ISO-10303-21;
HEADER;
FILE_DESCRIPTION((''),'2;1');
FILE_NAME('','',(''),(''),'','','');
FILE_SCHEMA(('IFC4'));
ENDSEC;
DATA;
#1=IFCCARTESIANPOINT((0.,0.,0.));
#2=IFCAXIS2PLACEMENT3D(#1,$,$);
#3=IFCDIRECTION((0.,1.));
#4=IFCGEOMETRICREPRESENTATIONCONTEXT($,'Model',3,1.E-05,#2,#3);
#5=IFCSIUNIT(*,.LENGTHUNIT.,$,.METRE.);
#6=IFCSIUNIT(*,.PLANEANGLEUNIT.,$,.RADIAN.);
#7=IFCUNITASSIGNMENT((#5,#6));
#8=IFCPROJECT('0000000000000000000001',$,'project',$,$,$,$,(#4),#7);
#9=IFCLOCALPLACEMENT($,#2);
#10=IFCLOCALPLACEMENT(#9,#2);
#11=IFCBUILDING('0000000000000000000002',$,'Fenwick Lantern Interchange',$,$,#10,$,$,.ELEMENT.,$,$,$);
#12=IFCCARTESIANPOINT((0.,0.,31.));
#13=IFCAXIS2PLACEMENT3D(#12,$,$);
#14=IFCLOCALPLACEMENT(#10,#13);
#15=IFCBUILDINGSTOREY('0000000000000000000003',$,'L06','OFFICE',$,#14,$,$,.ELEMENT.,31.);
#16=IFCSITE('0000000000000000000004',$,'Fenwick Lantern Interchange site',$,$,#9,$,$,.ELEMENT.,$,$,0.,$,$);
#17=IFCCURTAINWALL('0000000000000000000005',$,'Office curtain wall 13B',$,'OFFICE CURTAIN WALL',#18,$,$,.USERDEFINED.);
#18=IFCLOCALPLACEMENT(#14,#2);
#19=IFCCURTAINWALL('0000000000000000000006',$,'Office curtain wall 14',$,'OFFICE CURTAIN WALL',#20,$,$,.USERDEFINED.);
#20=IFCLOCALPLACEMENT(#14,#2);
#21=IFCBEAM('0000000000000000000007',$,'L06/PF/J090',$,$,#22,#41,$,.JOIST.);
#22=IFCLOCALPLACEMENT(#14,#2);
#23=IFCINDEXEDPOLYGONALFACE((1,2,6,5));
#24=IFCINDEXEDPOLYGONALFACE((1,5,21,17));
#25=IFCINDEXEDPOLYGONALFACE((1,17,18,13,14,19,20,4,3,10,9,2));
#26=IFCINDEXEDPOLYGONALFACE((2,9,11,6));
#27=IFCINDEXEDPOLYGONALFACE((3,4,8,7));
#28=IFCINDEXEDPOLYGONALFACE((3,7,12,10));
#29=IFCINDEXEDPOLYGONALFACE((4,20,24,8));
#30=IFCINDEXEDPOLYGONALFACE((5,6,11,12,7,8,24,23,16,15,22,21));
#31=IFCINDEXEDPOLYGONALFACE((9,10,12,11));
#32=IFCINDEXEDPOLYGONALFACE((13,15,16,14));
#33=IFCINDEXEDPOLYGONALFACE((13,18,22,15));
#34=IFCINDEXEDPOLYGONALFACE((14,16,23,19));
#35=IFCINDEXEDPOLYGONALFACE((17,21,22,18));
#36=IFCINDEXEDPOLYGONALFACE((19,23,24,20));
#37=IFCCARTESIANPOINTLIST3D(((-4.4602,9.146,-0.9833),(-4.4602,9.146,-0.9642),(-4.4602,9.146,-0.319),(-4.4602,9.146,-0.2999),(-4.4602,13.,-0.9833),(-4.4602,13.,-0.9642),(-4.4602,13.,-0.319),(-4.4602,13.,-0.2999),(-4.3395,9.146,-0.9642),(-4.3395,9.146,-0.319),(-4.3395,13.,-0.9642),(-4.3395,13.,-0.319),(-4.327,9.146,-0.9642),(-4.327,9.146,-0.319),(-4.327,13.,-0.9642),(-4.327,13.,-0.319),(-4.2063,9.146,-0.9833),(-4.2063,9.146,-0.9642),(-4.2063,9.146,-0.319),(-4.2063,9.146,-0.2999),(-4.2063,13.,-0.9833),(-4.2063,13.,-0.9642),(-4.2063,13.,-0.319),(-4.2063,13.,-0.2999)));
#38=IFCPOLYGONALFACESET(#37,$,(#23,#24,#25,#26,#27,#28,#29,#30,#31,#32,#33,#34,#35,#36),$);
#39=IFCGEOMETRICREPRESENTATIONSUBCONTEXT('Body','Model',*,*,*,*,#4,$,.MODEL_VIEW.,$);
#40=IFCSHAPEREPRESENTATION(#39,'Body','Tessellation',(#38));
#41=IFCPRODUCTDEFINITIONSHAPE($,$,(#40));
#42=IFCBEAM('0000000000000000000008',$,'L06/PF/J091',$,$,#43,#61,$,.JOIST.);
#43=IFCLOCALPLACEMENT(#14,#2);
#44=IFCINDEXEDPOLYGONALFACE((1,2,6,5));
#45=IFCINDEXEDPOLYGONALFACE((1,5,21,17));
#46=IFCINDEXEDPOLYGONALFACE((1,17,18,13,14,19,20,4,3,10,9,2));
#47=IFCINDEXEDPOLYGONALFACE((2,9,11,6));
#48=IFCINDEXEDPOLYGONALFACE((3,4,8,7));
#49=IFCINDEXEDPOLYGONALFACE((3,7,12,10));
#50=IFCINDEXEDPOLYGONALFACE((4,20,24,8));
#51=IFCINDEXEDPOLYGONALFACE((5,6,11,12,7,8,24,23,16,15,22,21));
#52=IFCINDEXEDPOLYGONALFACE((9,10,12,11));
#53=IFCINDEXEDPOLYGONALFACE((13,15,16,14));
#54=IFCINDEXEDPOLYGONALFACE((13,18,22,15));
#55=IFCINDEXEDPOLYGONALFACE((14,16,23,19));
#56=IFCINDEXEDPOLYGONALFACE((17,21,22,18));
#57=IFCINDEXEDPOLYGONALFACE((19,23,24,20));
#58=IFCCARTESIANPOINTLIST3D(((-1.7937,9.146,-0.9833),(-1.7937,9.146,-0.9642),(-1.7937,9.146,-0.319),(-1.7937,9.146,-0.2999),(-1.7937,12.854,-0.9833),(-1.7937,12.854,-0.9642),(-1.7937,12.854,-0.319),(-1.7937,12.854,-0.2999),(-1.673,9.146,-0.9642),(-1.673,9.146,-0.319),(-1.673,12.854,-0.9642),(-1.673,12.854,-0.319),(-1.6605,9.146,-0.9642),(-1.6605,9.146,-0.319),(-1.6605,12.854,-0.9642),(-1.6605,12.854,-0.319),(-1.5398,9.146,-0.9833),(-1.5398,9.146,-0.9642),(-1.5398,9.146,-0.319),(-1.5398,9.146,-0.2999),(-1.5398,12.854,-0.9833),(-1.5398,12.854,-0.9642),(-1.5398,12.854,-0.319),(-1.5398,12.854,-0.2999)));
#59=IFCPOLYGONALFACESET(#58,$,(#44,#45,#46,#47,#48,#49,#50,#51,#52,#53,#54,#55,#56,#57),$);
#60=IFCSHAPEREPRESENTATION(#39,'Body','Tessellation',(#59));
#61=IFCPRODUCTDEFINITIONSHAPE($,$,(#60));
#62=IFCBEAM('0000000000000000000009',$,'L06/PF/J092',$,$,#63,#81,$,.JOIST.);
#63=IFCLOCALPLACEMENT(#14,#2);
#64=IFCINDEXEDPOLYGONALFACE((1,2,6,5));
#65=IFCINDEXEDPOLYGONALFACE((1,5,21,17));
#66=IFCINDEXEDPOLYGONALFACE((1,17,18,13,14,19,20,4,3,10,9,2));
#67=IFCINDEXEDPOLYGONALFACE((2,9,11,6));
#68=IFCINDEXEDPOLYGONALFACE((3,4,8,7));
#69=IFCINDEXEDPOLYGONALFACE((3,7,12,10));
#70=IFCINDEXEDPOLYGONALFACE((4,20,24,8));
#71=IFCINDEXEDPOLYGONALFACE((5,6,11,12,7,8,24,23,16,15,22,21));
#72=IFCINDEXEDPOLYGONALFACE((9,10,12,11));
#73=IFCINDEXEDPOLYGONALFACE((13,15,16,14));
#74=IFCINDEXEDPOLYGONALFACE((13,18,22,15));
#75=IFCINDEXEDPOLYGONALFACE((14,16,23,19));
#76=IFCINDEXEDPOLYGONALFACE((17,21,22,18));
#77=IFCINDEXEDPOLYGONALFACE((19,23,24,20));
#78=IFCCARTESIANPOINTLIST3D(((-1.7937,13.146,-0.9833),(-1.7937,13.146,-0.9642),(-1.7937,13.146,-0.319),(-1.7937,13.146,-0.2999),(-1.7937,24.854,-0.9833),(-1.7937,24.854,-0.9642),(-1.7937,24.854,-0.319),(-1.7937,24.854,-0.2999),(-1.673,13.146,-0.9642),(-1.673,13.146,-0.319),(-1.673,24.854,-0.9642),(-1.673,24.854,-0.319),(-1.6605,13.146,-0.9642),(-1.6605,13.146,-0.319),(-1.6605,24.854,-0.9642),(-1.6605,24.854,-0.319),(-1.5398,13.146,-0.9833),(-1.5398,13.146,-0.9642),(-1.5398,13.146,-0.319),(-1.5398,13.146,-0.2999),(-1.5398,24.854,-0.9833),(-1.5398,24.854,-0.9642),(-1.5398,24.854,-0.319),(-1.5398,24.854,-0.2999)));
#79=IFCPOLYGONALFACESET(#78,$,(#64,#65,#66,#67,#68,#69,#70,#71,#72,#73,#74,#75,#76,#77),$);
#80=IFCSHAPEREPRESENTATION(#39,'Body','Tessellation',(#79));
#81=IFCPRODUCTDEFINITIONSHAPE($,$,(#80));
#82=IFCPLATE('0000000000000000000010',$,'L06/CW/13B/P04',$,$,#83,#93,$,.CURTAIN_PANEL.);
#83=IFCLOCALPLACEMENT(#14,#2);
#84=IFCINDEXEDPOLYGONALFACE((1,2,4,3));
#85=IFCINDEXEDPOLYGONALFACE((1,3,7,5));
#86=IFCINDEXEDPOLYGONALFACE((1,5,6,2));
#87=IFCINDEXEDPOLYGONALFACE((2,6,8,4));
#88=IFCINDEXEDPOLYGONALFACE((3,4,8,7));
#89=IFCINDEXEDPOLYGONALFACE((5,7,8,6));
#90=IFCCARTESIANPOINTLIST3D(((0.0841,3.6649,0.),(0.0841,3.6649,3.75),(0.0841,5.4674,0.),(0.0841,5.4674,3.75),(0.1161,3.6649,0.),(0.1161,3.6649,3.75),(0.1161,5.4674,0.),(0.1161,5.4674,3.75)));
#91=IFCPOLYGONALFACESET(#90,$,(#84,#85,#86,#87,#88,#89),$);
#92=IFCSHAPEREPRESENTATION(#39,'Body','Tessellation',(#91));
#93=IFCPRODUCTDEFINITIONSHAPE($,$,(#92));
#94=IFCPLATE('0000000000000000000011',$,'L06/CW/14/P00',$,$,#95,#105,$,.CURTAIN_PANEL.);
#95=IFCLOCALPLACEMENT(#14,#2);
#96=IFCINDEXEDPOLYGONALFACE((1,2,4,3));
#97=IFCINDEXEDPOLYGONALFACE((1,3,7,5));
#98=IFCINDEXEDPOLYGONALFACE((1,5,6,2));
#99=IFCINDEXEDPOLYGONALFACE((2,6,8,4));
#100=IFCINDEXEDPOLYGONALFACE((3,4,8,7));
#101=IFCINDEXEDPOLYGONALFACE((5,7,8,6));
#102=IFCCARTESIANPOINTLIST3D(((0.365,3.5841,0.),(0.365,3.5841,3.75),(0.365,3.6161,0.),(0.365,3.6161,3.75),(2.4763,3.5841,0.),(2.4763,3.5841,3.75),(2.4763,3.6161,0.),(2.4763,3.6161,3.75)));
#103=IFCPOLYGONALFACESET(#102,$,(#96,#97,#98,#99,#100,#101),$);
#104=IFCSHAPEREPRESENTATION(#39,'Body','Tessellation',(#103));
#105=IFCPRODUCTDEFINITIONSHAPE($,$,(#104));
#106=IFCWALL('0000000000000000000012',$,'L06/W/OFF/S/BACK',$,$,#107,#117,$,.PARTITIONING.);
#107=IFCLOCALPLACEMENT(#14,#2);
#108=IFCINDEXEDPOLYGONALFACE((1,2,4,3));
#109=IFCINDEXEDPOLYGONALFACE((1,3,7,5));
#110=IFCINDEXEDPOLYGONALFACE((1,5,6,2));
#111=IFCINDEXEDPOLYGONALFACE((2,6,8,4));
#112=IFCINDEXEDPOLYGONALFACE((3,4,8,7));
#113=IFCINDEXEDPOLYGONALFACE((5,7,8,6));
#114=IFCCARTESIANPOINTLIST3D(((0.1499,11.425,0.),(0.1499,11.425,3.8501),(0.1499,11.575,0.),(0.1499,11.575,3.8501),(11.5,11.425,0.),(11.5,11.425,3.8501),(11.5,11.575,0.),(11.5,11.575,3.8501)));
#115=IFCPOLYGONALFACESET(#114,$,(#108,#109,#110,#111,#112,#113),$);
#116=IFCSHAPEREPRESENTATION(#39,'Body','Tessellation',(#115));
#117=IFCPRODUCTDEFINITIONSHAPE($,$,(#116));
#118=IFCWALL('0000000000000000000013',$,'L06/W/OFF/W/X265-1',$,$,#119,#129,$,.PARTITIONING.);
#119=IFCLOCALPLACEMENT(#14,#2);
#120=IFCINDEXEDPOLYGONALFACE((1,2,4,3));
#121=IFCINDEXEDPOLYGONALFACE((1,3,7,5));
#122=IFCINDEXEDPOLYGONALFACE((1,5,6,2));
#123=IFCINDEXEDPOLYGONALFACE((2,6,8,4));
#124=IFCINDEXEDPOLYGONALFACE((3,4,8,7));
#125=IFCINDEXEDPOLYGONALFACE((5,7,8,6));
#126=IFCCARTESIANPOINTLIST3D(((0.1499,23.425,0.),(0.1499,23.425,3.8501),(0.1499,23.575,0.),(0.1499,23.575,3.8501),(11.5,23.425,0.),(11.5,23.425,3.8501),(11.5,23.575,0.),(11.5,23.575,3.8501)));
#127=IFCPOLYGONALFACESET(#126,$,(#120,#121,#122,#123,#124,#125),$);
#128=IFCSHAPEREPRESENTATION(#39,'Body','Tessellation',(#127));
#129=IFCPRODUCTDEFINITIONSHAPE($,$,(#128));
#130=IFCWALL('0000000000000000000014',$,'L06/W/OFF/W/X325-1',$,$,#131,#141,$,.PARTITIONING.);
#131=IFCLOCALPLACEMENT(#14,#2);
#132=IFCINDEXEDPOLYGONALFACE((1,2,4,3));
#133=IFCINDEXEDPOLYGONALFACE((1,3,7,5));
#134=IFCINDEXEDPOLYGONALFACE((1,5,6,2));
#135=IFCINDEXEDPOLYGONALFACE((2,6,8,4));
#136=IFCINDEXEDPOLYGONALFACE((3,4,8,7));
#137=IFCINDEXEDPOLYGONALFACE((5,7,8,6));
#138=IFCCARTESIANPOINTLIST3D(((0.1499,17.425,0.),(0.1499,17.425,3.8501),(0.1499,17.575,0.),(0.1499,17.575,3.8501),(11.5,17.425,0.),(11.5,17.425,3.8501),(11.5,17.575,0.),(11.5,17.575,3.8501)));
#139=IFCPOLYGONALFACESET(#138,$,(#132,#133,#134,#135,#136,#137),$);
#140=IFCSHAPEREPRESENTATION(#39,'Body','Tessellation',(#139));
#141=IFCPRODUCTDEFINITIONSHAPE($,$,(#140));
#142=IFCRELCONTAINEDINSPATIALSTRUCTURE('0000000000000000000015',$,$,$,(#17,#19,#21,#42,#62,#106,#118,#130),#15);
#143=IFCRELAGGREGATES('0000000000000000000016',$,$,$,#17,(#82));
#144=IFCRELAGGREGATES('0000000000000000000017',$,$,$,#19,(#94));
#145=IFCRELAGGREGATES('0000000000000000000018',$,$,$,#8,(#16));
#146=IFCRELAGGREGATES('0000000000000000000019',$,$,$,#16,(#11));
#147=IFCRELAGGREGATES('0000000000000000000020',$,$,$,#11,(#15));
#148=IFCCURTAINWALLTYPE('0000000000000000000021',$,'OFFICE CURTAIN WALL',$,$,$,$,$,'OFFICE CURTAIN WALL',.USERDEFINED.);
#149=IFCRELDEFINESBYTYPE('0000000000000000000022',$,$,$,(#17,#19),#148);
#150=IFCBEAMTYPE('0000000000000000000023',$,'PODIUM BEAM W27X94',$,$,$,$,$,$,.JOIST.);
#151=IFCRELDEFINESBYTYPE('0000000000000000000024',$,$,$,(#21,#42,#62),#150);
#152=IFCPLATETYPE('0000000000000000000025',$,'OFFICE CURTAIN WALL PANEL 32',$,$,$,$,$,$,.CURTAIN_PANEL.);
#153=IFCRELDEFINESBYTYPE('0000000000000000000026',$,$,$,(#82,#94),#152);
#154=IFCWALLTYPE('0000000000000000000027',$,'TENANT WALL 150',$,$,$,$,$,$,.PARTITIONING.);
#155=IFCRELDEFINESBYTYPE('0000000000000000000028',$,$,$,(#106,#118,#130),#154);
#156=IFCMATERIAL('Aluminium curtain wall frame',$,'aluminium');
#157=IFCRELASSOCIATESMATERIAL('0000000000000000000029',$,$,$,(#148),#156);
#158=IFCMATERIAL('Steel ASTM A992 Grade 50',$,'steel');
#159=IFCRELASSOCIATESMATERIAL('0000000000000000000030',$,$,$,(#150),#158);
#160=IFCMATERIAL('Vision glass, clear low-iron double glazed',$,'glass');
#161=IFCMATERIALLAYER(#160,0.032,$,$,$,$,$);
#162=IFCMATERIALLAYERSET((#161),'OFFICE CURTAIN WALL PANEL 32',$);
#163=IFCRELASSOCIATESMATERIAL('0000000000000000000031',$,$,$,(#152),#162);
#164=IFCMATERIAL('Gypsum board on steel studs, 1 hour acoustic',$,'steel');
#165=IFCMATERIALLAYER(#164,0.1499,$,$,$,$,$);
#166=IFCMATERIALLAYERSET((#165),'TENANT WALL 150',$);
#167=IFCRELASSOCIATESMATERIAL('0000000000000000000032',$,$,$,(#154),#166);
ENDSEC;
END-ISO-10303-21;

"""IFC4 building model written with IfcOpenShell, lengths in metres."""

from ifc_helpers import new_model, si_unit, direction, frame, frame_2d, origin, origin_2d, place, context, subcontext, project, spatial, rectangle, i_section, extrude, material, layer, layer_set, material_profile, profile_set, type_object, element, aggregate, save


model = new_model("IFC4")

# Units and contexts
model_context = context("Model", 3, precision=1e-05, world=origin(), true_north=direction((0.0, 1.0)))
body_context = subcontext(model_context, "Body", "Model", "MODEL_VIEW")
ifc_project = project(units=[si_unit("LENGTHUNIT", "METRE"), si_unit("PLANEANGLEUNIT", "RADIAN")], contexts=[model_context])

# Site, building, storey
site_placement = place(None, origin())
site = spatial("IfcSite", under=ifc_project, at=site_placement, Name="Fenwick Lantern Interchange site", CompositionType="ELEMENT", RefElevation=0.0)
building_placement = place(site_placement, origin())
building = spatial("IfcBuilding", under=site, at=building_placement, Name="Fenwick Lantern Interchange", CompositionType="ELEMENT")
storey_placement = place(building_placement, frame((0.0, 0.0, 31.0)))
storey = spatial("IfcBuildingStorey", under=building, at=storey_placement, Name="L06", Description="OFFICE", CompositionType="ELEMENT", Elevation=31.0)

# Shared definitions
ifc_material_1 = material(Name="Steel ASTM A992 Grade 50", Category="steel")

# Curtain walls
ifc_material_2 = material(Name="Aluminium curtain wall frame", Category="aluminium")
curtain_wall_type = type_object("IfcCurtainWallType", Name="OFFICE CURTAIN WALL", ElementType="OFFICE CURTAIN WALL", PredefinedType="USERDEFINED", material=ifc_material_2)
curtain_wall_1_placement = place(storey_placement, origin())
curtain_wall_1 = element("IfcCurtainWall", 1, at=curtain_wall_1_placement, inside=storey, type_object=curtain_wall_type, Name="Office curtain wall 13B", ObjectType="OFFICE CURTAIN WALL", PredefinedType="USERDEFINED")
curtain_wall_2_placement = place(storey_placement, origin())
curtain_wall_2 = element("IfcCurtainWall", 2, at=curtain_wall_2_placement, inside=storey, type_object=curtain_wall_type, Name="Office curtain wall 14", ObjectType="OFFICE CURTAIN WALL", PredefinedType="USERDEFINED")

# Beams
ifc_material_profile_1 = material_profile(ifc_material_1, i_section(OverallWidth=0.2539, OverallDepth=0.6833, WebThickness=0.0125, FlangeThickness=0.019, at=origin_2d()), Name="W27X94")
ifc_profile_set_1 = profile_set([ifc_material_profile_1], Name="Steel ASTM A992 Grade 50")
beam_type_1 = type_object("IfcBeamType", Name="PODIUM BEAM W27X94", PredefinedType="JOIST", material=ifc_profile_set_1)
beam_1_placement = place(storey_placement, frame((-4.3333, 9.146, -0.6416), z_axis=(0.0, 1.0, 0.0), x_axis=(-1.0, 0.0, 0.0)))
element("IfcBeam", 3, at=beam_1_placement, inside=storey, type_object=beam_type_1, Name="L06/PF/J090", PredefinedType="JOIST", context=body_context, shape_type="SweptSolid", body=[
    extrude(i_section(OverallWidth=0.2539, OverallDepth=0.6833, WebThickness=0.0125, FlangeThickness=0.019, at=origin_2d()), origin(), (0.0, 0.0, 1.0), 3.854),
])
beam_2_placement = place(storey_placement, frame((-1.6667, 9.146, -0.6416), z_axis=(0.0, 1.0, 0.0), x_axis=(-1.0, 0.0, 0.0)))
element("IfcBeam", 4, at=beam_2_placement, inside=storey, type_object=beam_type_1, Name="L06/PF/J091", PredefinedType="JOIST", context=body_context, shape_type="SweptSolid", body=[
    extrude(i_section(OverallWidth=0.2539, OverallDepth=0.6833, WebThickness=0.0125, FlangeThickness=0.019, at=origin_2d()), origin(), (0.0, 0.0, 1.0), 3.708),
])
beam_3_placement = place(storey_placement, frame((-1.6667, 13.146, -0.6416), z_axis=(0.0, 1.0, 0.0), x_axis=(-1.0, 0.0, 0.0)))
element("IfcBeam", 5, at=beam_3_placement, inside=storey, type_object=beam_type_1, Name="L06/PF/J092", PredefinedType="JOIST", context=body_context, shape_type="SweptSolid", body=[
    extrude(i_section(OverallWidth=0.2539, OverallDepth=0.6833, WebThickness=0.0125, FlangeThickness=0.019, at=origin_2d()), origin(), (0.0, 0.0, 1.0), 11.708),
])

# Plates
ifc_material_3 = material(Name="Vision glass, clear low-iron double glazed", Category="glass")
ifc_layer_1 = layer(ifc_material_3, 0.032)
ifc_layer_set_1 = layer_set([ifc_layer_1], Name="OFFICE CURTAIN WALL PANEL 32")
plate_type = type_object("IfcPlateType", Name="OFFICE CURTAIN WALL PANEL 32", PredefinedType="CURTAIN_PANEL", material=ifc_layer_set_1)
plate_1_placement = place(storey_placement, frame((0.1001, 4.5662, 0.0), z_axis=(0.0, 0.0, 1.0), x_axis=(0.0, -1.0, 0.0)))
plate_1 = element("IfcPlate", 6, at=plate_1_placement, type_object=plate_type, Name="L06/CW/13B/P04", PredefinedType="CURTAIN_PANEL", context=body_context, shape_type="SweptSolid", body=[
    extrude(rectangle(XDim=1.8025, YDim=0.032, at=origin_2d()), origin(), (0.0, 0.0, 1.0), 3.75),
])
aggregate(curtain_wall_1, [plate_1])
plate_2_placement = place(storey_placement, frame((1.4207, 3.6001, 0.0), z_axis=(0.0, 0.0, 1.0), x_axis=(1.0, 0.0, 0.0)))
plate_2 = element("IfcPlate", 7, at=plate_2_placement, type_object=plate_type, Name="L06/CW/14/P00", PredefinedType="CURTAIN_PANEL", context=body_context, shape_type="SweptSolid", body=[
    extrude(rectangle(XDim=2.1113, YDim=0.032, at=origin_2d()), origin(), (0.0, 0.0, 1.0), 3.75),
])
aggregate(curtain_wall_2, [plate_2])

# Walls
ifc_material_4 = material(Name="Gypsum board on steel studs, 1 hour acoustic", Category="steel")
ifc_layer_2 = layer(ifc_material_4, 0.1499)
ifc_layer_set_2 = layer_set([ifc_layer_2], Name="TENANT WALL 150")
wall_type = type_object("IfcWallType", Name="TENANT WALL 150", PredefinedType="PARTITIONING", material=ifc_layer_set_2)
for number, where, z_axis, x_axis, name in (
    (8, (0.1499, 11.5, 0.0), (0.0, 0.0, 1.0), (1.0, 0.0, 0.0), "L06/W/OFF/S/BACK"),
    (9, (0.1499, 23.5, 0.0), (0.0, 0.0, 1.0), (1.0, 0.0, 0.0), "L06/W/OFF/W/X265-1"),
    (10, (0.1499, 17.5, 0.0), (0.0, 0.0, 1.0), (1.0, 0.0, 0.0), "L06/W/OFF/W/X325-1"),
):
    element("IfcWall", number, at=place(storey_placement, frame(where, z_axis=z_axis, x_axis=x_axis)), inside=storey, type_object=wall_type, Name=name, PredefinedType="PARTITIONING", context=body_context, shape_type="SweptSolid", body=[
        extrude(rectangle(XDim=11.3501, YDim=0.1499, at=frame_2d((5.675, 0.0))), origin(), (0.0, 0.0, 1.0), 3.8501),
    ])

save(model, "model.ifc")
